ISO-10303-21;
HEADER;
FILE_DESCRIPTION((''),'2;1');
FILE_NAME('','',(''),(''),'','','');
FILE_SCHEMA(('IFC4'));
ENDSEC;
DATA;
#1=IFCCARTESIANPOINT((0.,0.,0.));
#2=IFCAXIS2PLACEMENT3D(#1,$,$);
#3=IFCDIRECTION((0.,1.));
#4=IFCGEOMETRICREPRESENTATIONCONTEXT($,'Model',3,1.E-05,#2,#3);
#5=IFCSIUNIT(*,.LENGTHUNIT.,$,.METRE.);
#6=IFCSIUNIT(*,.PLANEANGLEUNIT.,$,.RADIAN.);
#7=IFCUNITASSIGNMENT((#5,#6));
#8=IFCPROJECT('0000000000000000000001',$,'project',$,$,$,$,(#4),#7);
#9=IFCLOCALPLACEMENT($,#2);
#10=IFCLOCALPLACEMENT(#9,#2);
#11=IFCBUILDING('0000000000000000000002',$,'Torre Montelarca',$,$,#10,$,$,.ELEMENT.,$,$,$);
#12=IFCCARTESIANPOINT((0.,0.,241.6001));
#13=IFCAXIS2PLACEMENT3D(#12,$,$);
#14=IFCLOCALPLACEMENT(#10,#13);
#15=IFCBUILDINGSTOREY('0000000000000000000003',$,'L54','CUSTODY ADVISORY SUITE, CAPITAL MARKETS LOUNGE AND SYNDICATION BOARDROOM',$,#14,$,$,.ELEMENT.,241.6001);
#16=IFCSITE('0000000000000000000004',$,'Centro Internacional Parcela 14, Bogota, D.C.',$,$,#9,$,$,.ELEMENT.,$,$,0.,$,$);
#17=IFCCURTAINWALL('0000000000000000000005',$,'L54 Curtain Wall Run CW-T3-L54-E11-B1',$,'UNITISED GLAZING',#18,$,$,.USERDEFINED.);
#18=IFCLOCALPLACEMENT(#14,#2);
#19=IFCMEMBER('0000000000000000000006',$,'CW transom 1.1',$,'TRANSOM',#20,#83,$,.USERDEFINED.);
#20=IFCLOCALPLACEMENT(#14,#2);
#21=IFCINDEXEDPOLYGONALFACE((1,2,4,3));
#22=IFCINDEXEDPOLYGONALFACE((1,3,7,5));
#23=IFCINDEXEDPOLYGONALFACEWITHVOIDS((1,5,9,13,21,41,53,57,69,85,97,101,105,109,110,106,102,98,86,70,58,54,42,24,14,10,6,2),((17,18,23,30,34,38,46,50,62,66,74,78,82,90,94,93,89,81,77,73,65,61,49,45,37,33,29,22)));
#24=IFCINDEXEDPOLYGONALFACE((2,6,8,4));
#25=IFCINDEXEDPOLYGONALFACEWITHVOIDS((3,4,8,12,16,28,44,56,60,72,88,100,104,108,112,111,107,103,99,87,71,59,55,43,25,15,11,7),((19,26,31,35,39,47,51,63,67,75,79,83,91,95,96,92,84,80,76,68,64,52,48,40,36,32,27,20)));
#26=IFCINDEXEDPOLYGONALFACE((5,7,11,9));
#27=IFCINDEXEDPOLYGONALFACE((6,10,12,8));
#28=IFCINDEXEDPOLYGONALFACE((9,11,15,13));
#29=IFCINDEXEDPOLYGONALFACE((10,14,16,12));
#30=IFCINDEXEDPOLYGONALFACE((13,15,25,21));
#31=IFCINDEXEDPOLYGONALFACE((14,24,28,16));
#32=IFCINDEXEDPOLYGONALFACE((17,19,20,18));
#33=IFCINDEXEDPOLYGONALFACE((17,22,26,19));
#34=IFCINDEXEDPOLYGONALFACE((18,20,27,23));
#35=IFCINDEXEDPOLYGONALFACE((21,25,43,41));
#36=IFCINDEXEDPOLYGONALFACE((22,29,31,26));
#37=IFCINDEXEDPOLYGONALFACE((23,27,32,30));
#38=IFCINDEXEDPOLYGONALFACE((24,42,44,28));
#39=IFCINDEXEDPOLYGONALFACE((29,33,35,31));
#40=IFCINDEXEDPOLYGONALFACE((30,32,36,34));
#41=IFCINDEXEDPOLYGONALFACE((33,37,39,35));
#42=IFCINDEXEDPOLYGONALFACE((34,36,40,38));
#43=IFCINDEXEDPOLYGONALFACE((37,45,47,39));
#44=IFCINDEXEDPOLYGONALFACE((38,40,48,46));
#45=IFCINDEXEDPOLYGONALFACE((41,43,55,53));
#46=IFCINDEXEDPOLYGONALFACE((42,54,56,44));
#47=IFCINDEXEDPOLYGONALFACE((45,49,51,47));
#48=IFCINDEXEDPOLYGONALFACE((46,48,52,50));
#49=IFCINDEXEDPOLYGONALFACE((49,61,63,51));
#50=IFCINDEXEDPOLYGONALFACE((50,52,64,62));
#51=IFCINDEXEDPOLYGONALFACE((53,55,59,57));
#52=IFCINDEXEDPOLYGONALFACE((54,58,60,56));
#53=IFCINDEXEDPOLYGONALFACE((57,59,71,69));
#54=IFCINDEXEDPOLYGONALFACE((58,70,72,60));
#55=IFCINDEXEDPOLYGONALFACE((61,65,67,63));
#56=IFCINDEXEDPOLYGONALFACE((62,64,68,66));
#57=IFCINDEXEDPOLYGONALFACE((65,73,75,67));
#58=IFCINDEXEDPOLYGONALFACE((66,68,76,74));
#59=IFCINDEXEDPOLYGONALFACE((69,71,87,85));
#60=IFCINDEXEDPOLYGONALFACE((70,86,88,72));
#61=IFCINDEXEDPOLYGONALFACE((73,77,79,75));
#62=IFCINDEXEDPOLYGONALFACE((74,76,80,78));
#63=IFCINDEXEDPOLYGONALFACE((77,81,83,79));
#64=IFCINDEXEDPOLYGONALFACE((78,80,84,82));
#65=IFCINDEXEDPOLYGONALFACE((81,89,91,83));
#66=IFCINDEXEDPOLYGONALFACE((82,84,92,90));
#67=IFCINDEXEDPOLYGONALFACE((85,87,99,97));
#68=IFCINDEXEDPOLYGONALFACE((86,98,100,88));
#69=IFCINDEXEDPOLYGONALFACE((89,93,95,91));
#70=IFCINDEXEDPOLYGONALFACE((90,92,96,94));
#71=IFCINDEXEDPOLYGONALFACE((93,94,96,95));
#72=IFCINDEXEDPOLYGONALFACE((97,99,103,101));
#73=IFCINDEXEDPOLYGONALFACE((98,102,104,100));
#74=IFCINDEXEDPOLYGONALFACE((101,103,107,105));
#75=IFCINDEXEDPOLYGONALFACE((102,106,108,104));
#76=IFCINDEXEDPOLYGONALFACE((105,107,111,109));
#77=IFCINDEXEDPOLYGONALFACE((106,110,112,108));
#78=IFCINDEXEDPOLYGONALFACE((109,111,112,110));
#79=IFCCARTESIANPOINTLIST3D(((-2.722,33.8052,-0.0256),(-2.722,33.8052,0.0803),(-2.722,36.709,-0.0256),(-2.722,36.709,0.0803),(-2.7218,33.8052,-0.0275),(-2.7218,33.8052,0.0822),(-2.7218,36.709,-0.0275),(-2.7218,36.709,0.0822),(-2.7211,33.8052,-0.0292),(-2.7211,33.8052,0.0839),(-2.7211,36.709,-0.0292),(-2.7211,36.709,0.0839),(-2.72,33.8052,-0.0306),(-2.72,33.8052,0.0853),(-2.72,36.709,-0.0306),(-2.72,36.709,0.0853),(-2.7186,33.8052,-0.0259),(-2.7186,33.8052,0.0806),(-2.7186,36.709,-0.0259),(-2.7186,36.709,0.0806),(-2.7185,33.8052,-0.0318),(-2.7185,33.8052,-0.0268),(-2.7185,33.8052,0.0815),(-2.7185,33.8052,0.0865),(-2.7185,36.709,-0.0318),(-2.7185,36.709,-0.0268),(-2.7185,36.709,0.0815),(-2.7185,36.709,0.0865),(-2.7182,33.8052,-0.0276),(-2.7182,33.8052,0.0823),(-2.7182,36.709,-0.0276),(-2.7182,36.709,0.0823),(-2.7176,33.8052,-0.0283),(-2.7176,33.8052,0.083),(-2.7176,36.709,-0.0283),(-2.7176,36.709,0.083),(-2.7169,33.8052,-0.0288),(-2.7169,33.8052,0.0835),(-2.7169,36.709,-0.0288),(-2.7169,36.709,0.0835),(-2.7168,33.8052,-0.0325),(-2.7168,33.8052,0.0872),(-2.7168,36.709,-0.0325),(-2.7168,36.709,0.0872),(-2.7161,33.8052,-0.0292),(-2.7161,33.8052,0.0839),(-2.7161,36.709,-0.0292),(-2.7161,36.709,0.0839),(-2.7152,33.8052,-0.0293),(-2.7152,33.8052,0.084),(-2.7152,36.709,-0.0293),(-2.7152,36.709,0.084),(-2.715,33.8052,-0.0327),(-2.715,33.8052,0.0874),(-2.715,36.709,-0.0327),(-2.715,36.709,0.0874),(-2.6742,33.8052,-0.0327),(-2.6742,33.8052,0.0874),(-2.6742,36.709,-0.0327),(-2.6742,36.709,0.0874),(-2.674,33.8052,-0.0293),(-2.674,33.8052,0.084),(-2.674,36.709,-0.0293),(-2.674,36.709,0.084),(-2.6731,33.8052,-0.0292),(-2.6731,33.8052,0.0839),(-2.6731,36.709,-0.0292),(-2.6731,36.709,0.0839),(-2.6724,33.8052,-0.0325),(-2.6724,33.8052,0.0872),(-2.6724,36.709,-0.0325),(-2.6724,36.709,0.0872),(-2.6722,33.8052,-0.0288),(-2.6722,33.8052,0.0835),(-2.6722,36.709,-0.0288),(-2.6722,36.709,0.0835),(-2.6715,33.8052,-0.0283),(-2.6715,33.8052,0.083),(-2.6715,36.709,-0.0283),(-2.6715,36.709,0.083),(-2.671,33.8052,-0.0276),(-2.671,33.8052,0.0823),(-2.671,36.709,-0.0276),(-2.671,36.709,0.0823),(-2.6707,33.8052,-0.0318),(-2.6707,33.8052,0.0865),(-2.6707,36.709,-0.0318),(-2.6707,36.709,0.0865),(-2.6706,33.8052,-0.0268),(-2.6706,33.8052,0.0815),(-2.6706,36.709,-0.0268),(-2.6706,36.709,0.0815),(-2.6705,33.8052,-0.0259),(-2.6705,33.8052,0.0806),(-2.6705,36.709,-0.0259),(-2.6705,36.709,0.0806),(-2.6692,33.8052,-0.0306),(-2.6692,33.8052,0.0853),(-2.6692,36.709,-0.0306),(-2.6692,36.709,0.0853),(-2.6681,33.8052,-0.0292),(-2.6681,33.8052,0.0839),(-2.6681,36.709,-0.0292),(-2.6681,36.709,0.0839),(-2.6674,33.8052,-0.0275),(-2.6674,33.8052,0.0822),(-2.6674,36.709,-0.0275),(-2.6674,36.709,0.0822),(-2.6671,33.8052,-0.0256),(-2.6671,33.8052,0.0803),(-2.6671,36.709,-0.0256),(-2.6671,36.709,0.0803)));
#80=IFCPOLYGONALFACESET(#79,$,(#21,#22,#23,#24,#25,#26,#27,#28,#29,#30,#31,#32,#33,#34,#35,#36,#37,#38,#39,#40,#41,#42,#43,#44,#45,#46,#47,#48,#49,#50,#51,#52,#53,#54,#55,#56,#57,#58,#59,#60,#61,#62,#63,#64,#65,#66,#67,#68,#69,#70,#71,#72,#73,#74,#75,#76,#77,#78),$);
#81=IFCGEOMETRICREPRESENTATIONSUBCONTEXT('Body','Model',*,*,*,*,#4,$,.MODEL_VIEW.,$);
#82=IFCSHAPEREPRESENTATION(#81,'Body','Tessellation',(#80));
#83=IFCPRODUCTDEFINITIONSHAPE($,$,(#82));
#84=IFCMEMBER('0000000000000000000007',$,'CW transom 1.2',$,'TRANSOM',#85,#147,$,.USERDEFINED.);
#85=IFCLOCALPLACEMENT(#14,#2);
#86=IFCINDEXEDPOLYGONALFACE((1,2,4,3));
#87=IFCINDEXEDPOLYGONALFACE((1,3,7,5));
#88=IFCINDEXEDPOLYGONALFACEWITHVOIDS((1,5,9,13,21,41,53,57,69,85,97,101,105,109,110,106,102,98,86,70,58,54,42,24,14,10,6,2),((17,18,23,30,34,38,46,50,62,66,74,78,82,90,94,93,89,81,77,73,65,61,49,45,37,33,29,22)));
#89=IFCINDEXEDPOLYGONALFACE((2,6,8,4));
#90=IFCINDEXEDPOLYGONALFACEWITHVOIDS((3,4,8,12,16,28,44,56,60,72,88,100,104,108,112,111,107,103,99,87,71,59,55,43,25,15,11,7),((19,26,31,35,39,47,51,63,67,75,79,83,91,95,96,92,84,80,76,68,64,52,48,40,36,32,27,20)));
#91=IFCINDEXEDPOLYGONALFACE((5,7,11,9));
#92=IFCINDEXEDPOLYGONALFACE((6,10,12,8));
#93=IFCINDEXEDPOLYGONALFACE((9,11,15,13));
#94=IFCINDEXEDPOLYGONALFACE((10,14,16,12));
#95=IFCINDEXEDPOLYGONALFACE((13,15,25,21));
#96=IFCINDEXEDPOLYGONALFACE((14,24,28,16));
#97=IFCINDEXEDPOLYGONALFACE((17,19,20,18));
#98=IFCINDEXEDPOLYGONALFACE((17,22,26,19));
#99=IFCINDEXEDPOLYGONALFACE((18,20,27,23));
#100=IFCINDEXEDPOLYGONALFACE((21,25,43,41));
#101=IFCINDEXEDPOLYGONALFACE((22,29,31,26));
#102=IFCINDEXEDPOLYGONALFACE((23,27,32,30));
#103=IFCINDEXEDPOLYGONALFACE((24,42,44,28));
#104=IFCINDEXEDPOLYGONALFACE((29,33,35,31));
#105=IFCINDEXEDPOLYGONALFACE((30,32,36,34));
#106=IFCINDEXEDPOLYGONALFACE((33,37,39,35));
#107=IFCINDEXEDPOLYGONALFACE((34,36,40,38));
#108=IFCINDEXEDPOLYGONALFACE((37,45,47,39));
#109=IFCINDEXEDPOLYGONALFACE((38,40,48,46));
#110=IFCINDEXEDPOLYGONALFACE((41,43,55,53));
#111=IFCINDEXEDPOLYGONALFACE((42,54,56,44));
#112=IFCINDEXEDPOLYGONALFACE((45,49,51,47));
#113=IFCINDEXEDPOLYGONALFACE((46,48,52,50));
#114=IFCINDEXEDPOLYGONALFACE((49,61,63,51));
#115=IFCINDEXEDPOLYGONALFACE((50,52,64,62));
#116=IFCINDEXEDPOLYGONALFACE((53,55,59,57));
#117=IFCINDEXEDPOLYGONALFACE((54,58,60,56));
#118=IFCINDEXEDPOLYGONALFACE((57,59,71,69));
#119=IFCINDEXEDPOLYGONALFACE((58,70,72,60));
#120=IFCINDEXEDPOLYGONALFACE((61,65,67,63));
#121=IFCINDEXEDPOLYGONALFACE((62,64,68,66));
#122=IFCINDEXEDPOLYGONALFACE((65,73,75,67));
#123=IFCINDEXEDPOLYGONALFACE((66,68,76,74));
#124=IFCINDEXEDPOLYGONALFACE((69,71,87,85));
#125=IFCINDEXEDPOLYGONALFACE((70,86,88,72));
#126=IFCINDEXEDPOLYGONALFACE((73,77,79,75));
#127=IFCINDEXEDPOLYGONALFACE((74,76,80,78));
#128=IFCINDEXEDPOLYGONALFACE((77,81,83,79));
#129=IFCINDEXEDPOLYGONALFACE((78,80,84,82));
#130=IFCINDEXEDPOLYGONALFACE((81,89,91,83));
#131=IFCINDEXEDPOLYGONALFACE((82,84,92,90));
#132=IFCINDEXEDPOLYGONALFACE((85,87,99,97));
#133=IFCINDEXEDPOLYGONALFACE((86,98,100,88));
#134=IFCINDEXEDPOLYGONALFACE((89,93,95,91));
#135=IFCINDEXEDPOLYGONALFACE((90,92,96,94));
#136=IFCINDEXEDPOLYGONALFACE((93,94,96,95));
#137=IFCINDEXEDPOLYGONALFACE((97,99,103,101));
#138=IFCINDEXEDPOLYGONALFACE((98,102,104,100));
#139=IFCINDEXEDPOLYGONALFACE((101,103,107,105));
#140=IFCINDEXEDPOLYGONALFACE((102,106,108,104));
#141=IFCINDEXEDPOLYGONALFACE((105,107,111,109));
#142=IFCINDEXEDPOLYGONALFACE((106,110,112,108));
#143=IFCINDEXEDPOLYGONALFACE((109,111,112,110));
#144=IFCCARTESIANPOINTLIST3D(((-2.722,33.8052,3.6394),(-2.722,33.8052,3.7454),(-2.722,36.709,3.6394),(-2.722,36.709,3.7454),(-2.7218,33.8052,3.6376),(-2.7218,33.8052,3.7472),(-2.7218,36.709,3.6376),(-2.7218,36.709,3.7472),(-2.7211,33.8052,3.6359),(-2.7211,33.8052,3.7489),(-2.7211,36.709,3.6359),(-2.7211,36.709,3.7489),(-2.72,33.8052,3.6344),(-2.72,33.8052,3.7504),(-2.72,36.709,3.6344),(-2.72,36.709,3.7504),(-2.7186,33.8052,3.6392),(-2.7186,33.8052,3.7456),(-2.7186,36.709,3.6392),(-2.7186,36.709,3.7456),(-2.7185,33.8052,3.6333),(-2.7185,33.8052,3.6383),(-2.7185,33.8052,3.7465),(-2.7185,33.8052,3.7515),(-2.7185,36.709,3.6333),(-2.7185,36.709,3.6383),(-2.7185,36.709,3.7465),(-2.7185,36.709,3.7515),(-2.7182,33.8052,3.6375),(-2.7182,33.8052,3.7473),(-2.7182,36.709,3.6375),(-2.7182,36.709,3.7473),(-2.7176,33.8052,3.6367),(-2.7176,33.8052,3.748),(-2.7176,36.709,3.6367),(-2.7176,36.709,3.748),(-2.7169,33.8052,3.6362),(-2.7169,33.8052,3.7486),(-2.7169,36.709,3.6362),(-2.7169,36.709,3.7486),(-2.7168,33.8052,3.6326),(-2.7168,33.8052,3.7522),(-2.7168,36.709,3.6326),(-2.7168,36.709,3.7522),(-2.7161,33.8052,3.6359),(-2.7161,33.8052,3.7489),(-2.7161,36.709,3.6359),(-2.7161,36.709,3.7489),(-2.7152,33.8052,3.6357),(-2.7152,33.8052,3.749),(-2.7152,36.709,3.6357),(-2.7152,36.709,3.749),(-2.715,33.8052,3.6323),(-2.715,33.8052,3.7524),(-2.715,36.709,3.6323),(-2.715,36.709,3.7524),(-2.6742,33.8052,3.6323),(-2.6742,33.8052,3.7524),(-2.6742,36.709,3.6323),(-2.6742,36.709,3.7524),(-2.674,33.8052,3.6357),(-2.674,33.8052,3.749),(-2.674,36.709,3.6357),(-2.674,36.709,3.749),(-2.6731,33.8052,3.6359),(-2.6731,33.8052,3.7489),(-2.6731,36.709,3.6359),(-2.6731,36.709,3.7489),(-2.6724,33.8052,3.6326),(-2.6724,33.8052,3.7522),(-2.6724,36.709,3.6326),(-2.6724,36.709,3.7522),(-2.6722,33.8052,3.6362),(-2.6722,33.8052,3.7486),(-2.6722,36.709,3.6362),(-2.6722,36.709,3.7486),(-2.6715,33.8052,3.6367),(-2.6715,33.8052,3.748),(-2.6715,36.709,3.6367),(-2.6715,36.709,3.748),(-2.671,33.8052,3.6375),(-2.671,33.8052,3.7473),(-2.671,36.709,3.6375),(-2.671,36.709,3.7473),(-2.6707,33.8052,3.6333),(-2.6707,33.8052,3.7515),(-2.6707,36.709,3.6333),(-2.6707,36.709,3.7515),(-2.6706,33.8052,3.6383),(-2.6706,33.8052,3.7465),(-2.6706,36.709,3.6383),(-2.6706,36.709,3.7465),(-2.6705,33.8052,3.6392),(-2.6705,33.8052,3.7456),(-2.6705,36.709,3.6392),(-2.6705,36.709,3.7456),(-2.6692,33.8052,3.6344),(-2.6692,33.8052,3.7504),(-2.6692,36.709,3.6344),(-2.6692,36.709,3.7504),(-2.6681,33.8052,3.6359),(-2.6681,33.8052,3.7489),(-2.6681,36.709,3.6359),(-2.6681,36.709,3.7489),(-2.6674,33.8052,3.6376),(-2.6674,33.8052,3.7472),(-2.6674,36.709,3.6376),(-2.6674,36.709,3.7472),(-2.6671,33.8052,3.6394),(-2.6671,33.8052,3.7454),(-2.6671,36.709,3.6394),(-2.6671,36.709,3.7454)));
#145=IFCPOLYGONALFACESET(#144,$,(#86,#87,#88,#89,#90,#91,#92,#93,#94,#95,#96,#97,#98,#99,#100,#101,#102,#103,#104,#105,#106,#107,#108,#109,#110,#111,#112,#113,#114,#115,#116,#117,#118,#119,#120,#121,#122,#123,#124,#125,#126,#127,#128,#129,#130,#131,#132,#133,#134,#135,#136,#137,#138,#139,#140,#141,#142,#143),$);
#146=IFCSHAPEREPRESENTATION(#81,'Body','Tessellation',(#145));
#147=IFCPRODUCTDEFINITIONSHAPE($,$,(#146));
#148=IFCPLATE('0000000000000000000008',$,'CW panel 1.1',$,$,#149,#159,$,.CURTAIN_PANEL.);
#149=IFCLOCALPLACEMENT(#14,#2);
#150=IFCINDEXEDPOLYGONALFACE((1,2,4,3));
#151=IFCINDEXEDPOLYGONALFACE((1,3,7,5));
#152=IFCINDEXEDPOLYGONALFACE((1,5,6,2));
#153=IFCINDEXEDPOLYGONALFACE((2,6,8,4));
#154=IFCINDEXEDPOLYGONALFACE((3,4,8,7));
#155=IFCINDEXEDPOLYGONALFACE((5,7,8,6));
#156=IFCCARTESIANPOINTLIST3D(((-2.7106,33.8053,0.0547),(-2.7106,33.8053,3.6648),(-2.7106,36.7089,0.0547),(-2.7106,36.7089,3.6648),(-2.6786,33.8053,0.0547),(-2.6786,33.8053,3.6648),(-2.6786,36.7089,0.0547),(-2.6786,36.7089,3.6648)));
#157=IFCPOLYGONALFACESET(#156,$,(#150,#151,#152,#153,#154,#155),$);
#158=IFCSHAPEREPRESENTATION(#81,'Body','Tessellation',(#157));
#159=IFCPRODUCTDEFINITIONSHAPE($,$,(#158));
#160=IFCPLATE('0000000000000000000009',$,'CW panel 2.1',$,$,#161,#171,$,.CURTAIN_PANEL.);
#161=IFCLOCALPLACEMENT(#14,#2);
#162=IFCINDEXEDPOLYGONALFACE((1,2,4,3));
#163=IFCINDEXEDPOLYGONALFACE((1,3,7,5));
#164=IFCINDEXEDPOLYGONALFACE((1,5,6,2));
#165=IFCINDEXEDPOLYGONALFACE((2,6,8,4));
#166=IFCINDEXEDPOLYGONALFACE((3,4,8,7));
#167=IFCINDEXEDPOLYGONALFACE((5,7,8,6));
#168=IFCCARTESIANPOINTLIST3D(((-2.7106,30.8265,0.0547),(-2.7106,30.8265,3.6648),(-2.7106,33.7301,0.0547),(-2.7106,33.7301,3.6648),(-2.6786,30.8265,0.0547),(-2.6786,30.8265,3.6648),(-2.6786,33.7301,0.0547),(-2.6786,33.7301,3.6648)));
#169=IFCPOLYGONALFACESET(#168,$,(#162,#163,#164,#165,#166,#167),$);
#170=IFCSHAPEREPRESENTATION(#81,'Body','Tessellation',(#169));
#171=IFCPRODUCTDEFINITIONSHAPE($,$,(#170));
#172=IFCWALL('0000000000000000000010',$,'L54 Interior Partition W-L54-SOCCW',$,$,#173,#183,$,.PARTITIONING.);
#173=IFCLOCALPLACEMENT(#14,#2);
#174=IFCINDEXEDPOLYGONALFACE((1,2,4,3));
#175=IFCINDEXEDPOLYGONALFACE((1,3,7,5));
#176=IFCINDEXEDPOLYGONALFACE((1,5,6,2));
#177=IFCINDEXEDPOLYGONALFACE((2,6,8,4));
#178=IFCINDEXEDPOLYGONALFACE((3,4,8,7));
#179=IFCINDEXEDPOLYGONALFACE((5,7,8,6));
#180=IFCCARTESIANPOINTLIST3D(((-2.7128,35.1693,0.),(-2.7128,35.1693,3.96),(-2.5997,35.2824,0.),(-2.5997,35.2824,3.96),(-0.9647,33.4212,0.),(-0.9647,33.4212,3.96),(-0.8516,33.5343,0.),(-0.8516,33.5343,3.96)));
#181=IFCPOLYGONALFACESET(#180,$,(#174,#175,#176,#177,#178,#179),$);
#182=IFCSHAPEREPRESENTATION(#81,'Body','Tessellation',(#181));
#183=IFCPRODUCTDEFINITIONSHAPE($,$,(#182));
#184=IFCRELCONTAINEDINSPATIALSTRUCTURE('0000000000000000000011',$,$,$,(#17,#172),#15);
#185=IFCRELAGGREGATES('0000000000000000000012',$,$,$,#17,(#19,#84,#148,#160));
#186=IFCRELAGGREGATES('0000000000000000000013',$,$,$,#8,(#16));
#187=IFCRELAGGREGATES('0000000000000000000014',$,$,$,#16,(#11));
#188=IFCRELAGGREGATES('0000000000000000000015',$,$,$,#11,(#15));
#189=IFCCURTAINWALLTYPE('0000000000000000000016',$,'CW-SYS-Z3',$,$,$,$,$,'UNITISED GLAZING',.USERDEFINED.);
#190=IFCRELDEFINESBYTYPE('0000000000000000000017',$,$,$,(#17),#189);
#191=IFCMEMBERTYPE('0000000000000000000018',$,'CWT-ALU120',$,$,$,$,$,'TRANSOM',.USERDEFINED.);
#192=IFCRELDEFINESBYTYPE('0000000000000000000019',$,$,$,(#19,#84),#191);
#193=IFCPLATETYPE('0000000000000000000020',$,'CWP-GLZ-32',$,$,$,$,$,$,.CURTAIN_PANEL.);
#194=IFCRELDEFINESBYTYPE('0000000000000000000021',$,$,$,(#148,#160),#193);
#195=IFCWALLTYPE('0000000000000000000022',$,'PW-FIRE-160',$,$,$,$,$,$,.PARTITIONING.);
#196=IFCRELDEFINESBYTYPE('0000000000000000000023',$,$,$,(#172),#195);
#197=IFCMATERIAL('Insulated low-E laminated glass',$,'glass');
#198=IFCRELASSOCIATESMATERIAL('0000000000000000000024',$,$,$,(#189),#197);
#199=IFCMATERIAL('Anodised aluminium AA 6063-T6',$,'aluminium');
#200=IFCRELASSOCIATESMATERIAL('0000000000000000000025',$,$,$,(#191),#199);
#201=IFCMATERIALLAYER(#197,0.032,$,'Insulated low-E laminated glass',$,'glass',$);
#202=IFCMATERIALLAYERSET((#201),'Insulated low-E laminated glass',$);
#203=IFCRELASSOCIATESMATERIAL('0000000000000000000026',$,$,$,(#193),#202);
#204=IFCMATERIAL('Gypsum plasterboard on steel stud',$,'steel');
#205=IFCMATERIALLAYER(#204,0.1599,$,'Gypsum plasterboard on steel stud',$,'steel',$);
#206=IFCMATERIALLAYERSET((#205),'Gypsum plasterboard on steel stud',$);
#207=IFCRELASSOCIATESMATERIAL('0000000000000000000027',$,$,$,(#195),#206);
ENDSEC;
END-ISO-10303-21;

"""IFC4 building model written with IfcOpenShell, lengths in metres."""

from ifc_helpers import new_model, si_unit, direction, frame, frame_2d, origin, origin_2d, place, context, subcontext, project, spatial, rectangle, hollow_rectangle, extrude, source, transform, mapped, material, layer, layer_set, material_profile, profile_set, type_object, element, aggregate, save


model = new_model("IFC4")

# Units and contexts
model_context = context("Model", 3, precision=1e-05, world=origin(), true_north=direction((0.0, 1.0)))
body_context = subcontext(model_context, "Body", "Model", "MODEL_VIEW")
ifc_project = project(units=[si_unit("LENGTHUNIT", "METRE"), si_unit("PLANEANGLEUNIT", "RADIAN")], contexts=[model_context])

# Site, building, storey
site_placement = place(None, origin())
site = spatial("IfcSite", under=ifc_project, at=site_placement, Name="Centro Internacional Parcela 14, Bogota, D.C.", CompositionType="ELEMENT", RefElevation=0.0)
building_placement = place(site_placement, origin())
building = spatial("IfcBuilding", under=site, at=building_placement, Name="Torre Montelarca", CompositionType="ELEMENT")
storey_placement = place(building_placement, frame((0.0, 0.0, 241.6001)))
storey = spatial("IfcBuildingStorey", under=building, at=storey_placement, Name="L54", Description="CUSTODY ADVISORY SUITE, CAPITAL MARKETS LOUNGE AND SYNDICATION BOARDROOM", CompositionType="ELEMENT", Elevation=241.6001)

# Curtain wall, members, plates
ifc_material_1 = material(Name="Insulated low-E laminated glass", Category="glass")
curtain_wall_type = type_object("IfcCurtainWallType", Name="CW-SYS-Z3", ElementType="UNITISED GLAZING", PredefinedType="USERDEFINED", material=ifc_material_1)
curtain_wall_placement = place(storey_placement, origin())
curtain_wall = element("IfcCurtainWall", 1, at=curtain_wall_placement, inside=storey, type_object=curtain_wall_type, Name="L54 Curtain Wall Run CW-T3-L54-E11-B1", ObjectType="UNITISED GLAZING", PredefinedType="USERDEFINED")
ifc_material_2 = material(Name="Anodised aluminium AA 6063-T6", Category="aluminium")
ifc_material_profile_1 = material_profile(ifc_material_2, hollow_rectangle(XDim=0.0549, YDim=0.1201, WallThickness=0.0034, InnerFilletRadius=0.0034, OuterFilletRadius=0.0071, at=origin_2d()), Name="ALU55X120X3.5", Category="aluminium")
ifc_profile_set_1 = profile_set([ifc_material_profile_1], Name="Anodised aluminium AA 6063-T6")
member_type_1 = type_object("IfcMemberType", Name="CWT-ALU120", ElementType="TRANSOM", PredefinedType="USERDEFINED", material=ifc_profile_set_1)
shared_shape_1 = source(origin(), body_context, "Body", "SweptSolid", [
    extrude(hollow_rectangle(XDim=0.0549, YDim=0.1201, WallThickness=0.0034, InnerFilletRadius=0.0034, OuterFilletRadius=0.0071, at=origin_2d()), origin(), (0.0, 0.0, 1.0), 2.9038),
])
member_1_placement = place(storey_placement, frame((-2.6946, 36.709, 0.0273), z_axis=(0.0, -1.0, 0.0), x_axis=(1.0, 0.0, 0.0)))
member_1 = element("IfcMember", 2, at=member_1_placement, type_object=member_type_1, Name="CW transom 1.1", ObjectType="TRANSOM", PredefinedType="USERDEFINED", context=body_context, shape_type="MappedRepresentation", body=[
    mapped(shared_shape_1, transform((0.0, 0.0, 0.0), scale=1.0)),
])
member_2_placement = place(storey_placement, frame((-2.6946, 36.709, 3.6924), z_axis=(0.0, -1.0, 0.0), x_axis=(1.0, 0.0, 0.0)))
member_2 = element("IfcMember", 3, at=member_2_placement, type_object=member_type_1, Name="CW transom 1.2", ObjectType="TRANSOM", PredefinedType="USERDEFINED", context=body_context, shape_type="MappedRepresentation", body=[
    mapped(shared_shape_1, transform((0.0, 0.0, 0.0), scale=1.0)),
])
ifc_layer_1 = layer(ifc_material_1, 0.032, Name="Insulated low-E laminated glass", Category="glass")
ifc_layer_set_1 = layer_set([ifc_layer_1], Name="Insulated low-E laminated glass")
plate_type = type_object("IfcPlateType", Name="CWP-GLZ-32", PredefinedType="CURTAIN_PANEL", material=ifc_layer_set_1)
shared_shape_2 = source(origin(), body_context, "Body", "SweptSolid", [
    extrude(rectangle(XDim=2.9036, YDim=0.032, at=origin_2d()), origin(), (0.0, 0.0, 1.0), 3.6101),
])
plate_1_placement = place(storey_placement, frame((-2.6946, 35.2571, 0.0547), z_axis=(0.0, 0.0, 1.0), x_axis=(0.0, -1.0, 0.0)))
plate_1 = element("IfcPlate", 4, at=plate_1_placement, type_object=plate_type, Name="CW panel 1.1", PredefinedType="CURTAIN_PANEL", context=body_context, shape_type="MappedRepresentation", body=[
    mapped(shared_shape_2, transform((0.0, 0.0, 0.0), scale=1.0)),
])
plate_2_placement = place(storey_placement, frame((-2.6946, 32.2783, 0.0547), z_axis=(0.0, 0.0, 1.0), x_axis=(0.0, -1.0, 0.0)))
plate_2 = element("IfcPlate", 5, at=plate_2_placement, type_object=plate_type, Name="CW panel 2.1", PredefinedType="CURTAIN_PANEL", context=body_context, shape_type="MappedRepresentation", body=[
    mapped(shared_shape_2, transform((0.0, 0.0, 0.0), scale=1.0)),
])
aggregate(curtain_wall, [member_1, member_2, plate_1, plate_2])

# Wall
ifc_material_3 = material(Name="Gypsum plasterboard on steel stud", Category="steel")
ifc_layer_2 = layer(ifc_material_3, 0.1599, Name="Gypsum plasterboard on steel stud", Category="steel")
ifc_layer_set_2 = layer_set([ifc_layer_2], Name="Gypsum plasterboard on steel stud")
wall_type_1 = type_object("IfcWallType", Name="PW-FIRE-160", PredefinedType="PARTITIONING", material=ifc_layer_set_2)
wall_1_placement = place(storey_placement, frame((-2.6562, 35.2258, 0.0), z_axis=(0.0, 0.0, 1.0), x_axis=(0.707107, -0.707107, 0.0)))
element("IfcWall", 6, at=wall_1_placement, inside=storey, type_object=wall_type_1, Name="L54 Interior Partition W-L54-SOCCW", PredefinedType="PARTITIONING", context=body_context, shape_type="SweptSolid", body=[
    extrude(rectangle(XDim=2.4722, YDim=0.1599, at=frame_2d((1.2361, 0.0))), origin(), (0.0, 0.0, 1.0), 3.96),
])

save(model, "model.ifc")
